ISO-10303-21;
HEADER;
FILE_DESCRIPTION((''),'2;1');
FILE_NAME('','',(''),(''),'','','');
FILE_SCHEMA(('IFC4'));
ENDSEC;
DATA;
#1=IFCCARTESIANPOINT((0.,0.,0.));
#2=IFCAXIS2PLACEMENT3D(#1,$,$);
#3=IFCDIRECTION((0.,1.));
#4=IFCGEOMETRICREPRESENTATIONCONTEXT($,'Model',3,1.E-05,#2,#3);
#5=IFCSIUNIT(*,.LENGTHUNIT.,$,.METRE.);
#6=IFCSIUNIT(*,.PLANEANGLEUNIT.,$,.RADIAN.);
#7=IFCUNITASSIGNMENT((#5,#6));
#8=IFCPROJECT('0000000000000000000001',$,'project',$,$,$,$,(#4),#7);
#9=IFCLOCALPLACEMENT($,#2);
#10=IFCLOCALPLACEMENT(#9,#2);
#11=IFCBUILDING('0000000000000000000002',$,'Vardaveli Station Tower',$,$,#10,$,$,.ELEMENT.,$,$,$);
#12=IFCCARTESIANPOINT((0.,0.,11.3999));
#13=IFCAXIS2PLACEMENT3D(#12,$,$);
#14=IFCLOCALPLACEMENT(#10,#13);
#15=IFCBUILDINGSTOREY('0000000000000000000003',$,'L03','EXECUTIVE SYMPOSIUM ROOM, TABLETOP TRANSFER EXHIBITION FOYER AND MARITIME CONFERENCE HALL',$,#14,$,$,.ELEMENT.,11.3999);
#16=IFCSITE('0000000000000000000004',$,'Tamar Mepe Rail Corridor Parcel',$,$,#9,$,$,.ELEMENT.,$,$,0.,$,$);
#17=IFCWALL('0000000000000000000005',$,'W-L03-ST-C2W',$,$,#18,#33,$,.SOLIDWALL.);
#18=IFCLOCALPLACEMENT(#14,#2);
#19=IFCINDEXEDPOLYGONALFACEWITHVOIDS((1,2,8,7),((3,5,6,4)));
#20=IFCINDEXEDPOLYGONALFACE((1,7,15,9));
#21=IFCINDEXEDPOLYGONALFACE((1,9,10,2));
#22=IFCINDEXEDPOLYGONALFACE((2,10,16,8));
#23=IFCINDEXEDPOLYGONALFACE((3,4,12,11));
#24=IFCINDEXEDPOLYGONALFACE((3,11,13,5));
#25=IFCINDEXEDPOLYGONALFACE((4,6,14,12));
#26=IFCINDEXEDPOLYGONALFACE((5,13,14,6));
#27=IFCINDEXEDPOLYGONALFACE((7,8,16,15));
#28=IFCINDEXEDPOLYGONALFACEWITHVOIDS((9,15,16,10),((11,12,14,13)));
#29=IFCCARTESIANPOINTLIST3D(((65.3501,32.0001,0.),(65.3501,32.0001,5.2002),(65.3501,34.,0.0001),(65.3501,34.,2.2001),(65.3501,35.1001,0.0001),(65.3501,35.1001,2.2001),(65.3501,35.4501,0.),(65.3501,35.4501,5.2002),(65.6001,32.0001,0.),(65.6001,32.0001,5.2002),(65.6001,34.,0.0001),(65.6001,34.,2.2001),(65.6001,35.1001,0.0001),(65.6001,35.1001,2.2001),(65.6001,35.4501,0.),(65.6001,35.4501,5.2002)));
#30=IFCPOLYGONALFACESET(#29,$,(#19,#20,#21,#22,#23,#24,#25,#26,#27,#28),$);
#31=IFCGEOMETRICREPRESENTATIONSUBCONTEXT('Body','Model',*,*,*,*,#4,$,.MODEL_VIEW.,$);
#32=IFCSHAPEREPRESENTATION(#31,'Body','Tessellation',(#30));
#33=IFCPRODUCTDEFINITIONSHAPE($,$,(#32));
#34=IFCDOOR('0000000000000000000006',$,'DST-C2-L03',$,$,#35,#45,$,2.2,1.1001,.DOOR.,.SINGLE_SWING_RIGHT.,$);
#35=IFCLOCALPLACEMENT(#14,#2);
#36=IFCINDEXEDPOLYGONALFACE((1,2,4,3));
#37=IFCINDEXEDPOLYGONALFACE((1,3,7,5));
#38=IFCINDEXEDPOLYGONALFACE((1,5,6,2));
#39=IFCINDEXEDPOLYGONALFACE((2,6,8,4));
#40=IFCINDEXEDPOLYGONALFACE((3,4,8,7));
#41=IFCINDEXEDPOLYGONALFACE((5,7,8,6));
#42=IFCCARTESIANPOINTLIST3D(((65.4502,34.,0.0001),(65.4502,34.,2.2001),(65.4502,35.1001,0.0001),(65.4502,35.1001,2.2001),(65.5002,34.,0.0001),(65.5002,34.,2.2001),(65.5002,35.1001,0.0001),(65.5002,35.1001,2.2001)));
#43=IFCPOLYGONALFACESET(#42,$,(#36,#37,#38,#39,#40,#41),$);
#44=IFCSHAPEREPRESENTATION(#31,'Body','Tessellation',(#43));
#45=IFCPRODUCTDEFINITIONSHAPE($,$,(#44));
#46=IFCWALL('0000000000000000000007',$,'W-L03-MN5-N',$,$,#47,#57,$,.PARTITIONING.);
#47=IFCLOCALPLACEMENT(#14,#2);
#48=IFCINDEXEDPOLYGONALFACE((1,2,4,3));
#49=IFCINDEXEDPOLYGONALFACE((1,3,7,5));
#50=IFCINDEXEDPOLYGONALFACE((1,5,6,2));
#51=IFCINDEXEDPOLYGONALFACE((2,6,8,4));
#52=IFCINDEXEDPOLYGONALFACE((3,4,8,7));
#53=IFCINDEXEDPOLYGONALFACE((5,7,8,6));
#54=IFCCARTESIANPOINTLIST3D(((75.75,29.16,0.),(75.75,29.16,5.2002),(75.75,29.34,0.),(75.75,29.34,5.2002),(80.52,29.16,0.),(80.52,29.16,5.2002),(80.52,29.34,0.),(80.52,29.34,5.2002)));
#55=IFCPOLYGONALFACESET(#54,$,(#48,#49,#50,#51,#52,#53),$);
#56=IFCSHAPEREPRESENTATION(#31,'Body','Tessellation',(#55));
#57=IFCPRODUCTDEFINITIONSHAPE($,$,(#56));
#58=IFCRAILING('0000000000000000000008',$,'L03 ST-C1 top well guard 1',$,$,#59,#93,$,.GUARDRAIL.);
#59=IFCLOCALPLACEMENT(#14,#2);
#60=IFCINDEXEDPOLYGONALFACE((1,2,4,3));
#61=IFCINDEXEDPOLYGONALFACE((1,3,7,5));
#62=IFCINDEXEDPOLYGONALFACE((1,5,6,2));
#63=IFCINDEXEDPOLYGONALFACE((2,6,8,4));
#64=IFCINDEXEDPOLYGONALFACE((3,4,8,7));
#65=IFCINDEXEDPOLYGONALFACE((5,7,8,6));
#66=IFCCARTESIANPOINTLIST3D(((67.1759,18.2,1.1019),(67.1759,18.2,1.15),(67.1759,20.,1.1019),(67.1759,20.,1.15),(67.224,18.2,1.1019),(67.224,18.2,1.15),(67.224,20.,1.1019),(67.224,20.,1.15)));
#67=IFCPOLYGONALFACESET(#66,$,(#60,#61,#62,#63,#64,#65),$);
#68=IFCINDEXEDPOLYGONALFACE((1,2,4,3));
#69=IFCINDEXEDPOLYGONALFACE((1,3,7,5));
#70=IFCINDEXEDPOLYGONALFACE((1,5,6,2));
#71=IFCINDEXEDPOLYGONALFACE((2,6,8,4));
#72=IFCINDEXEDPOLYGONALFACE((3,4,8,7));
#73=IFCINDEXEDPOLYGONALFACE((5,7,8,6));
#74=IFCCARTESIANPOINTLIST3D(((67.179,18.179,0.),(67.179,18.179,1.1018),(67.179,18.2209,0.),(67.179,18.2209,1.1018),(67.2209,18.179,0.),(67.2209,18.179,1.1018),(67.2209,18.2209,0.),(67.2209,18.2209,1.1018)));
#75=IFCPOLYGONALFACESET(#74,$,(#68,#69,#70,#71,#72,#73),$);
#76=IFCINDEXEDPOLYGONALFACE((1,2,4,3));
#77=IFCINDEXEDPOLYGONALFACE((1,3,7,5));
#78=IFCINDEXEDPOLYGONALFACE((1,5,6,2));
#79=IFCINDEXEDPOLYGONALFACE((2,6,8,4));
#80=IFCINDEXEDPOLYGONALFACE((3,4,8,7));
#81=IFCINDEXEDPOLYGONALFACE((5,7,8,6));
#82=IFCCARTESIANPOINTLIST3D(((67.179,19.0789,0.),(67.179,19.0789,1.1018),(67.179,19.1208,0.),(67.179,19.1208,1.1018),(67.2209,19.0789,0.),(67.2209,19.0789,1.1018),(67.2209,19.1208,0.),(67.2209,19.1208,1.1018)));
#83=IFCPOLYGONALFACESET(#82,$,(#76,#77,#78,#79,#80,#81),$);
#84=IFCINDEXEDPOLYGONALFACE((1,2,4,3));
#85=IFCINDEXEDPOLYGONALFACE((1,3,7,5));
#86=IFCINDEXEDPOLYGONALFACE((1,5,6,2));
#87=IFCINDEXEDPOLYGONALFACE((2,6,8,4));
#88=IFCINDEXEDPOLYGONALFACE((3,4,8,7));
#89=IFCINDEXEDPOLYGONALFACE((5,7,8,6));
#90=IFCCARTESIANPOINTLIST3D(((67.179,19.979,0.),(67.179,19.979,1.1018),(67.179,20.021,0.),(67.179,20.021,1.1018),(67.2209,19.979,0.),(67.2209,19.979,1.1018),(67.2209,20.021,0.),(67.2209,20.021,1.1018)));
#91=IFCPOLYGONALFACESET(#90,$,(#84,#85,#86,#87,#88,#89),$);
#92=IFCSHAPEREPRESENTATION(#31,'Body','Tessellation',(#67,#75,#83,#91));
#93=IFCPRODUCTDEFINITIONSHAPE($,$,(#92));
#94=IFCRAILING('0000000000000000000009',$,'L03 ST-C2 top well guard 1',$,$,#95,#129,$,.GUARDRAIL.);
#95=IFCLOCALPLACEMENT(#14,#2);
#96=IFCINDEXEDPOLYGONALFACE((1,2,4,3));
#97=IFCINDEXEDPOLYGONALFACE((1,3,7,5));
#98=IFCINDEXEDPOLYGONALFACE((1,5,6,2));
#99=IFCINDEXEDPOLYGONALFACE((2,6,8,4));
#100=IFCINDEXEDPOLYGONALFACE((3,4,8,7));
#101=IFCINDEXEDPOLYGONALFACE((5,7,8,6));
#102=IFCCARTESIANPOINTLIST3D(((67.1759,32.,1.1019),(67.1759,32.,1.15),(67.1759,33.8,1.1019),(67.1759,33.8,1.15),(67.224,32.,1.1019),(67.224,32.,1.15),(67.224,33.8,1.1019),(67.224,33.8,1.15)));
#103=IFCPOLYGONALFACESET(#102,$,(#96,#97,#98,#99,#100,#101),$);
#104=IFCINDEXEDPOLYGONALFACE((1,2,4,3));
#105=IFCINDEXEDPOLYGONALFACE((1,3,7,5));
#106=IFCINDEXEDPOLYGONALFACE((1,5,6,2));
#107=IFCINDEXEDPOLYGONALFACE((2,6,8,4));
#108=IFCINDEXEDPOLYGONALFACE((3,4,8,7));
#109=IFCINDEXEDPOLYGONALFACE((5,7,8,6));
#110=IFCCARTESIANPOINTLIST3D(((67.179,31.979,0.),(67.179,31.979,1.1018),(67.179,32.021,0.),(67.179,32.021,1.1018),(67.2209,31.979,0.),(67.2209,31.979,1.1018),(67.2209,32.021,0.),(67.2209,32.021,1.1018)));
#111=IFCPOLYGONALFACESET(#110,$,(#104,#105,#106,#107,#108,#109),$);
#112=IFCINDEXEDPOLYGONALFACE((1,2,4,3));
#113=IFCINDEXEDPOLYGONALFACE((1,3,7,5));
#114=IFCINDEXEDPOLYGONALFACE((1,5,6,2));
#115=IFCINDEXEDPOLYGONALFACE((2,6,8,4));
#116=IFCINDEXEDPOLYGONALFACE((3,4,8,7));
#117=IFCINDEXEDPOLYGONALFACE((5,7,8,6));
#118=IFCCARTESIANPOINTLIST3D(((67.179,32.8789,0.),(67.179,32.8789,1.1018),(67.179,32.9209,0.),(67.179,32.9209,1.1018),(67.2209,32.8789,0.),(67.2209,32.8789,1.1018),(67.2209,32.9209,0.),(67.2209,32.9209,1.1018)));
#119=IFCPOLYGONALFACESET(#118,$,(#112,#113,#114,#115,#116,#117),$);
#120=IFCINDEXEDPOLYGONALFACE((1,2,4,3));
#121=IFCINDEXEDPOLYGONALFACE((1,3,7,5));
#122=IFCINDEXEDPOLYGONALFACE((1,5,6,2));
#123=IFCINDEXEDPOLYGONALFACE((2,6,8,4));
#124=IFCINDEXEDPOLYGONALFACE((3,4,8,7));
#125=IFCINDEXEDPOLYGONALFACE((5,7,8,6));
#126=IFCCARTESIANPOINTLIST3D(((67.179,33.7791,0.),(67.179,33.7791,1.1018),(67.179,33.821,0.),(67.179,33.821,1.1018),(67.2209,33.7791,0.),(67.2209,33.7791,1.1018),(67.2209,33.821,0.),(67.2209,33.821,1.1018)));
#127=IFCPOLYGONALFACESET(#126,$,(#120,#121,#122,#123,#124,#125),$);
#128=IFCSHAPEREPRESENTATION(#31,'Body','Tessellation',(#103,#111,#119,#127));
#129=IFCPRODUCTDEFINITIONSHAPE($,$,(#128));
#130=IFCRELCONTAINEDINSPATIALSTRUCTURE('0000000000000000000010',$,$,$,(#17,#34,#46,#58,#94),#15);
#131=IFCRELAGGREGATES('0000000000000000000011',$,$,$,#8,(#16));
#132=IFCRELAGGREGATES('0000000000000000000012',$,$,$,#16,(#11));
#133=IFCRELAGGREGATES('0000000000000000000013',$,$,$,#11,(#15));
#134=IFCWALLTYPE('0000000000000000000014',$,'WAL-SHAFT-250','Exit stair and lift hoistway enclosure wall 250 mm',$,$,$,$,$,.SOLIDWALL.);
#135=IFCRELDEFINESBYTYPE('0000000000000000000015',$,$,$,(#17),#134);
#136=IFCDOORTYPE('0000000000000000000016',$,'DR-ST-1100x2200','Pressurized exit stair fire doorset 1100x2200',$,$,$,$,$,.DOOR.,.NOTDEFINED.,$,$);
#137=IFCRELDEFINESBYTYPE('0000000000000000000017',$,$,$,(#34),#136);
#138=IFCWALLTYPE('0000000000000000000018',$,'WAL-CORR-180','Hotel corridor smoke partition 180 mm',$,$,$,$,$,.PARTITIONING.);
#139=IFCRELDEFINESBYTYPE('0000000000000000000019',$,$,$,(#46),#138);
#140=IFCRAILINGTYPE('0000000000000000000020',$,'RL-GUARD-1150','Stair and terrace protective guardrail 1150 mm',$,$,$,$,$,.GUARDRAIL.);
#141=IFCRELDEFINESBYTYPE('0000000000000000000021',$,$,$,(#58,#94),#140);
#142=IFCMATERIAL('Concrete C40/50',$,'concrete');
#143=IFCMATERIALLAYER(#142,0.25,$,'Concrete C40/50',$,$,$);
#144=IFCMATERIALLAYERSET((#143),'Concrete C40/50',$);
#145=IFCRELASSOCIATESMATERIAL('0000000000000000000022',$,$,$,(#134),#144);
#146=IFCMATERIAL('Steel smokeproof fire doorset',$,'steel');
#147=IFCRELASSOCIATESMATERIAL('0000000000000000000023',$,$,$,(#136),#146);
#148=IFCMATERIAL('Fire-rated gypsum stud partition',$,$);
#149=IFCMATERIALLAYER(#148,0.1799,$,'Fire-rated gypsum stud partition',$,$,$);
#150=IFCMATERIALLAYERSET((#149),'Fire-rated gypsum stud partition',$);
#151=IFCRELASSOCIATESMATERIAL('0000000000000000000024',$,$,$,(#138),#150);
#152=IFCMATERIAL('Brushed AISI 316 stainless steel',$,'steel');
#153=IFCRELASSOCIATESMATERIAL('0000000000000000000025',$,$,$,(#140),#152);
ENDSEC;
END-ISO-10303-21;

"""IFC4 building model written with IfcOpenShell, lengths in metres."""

from ifc_helpers import new_model, si_unit, direction, frame, frame_2d, origin, origin_2d, place, context, subcontext, project, spatial, rectangle, extrude, source, transform, mapped, material, layer, layer_set, type_object, element, fill, save


model = new_model("IFC4")

# Units and contexts
model_context = context("Model", 3, precision=1e-05, world=origin(), true_north=direction((0.0, 1.0)))
body_context = subcontext(model_context, "Body", "Model", "MODEL_VIEW")
ifc_project = project(units=[si_unit("LENGTHUNIT", "METRE"), si_unit("PLANEANGLEUNIT", "RADIAN")], contexts=[model_context])

# Site, building, storey
site_placement = place(None, origin())
site = spatial("IfcSite", under=ifc_project, at=site_placement, Name="Tamar Mepe Rail Corridor Parcel", CompositionType="ELEMENT", RefElevation=0.0)
building_placement = place(site_placement, origin())
building = spatial("IfcBuilding", under=site, at=building_placement, Name="Vardaveli Station Tower", CompositionType="ELEMENT")
storey_placement = place(building_placement, frame((0.0, 0.0, 11.3999)))
storey = spatial("IfcBuildingStorey", under=building, at=storey_placement, Name="L03", Description="EXECUTIVE SYMPOSIUM ROOM, TABLETOP TRANSFER EXHIBITION FOYER AND MARITIME CONFERENCE HALL", CompositionType="ELEMENT", Elevation=11.3999)

# Shared definitions
ifc_material_1 = material(Name="Concrete C40/50", Category="concrete")
ifc_layer_1 = layer(ifc_material_1, 0.25, Name="Concrete C40/50")
ifc_layer_set_1 = layer_set([ifc_layer_1], Name="Concrete C40/50")
wall_type_1 = type_object("IfcWallType", Name="WAL-SHAFT-250", Description="Exit stair and lift hoistway enclosure wall 250 mm", PredefinedType="SOLIDWALL", material=ifc_layer_set_1)
shared_shape_1 = source(origin(), body_context, "Body", "SweptSolid", [
    extrude(rectangle(XDim=3.45, YDim=0.25, at=frame_2d((1.7251, 0.0))), origin(), (0.0, 0.0, 1.0), 5.2002),
])

# Wall, opening, door
wall_1_placement = place(storey_placement, frame((65.4751, 32.0, 0.0), z_axis=(0.0, 0.0, 1.0), x_axis=(0.0, 1.0, 0.0)))
wall_1 = element("IfcWall", 1, at=wall_1_placement, inside=storey, type_object=wall_type_1, Name="W-L03-ST-C2W", PredefinedType="SOLIDWALL", context=body_context, shape_type="MappedRepresentation", body=[
    mapped(shared_shape_1, transform((0.0, 0.0, 0.0), scale=1.0)),
])
shared_shape_2 = source(origin(), body_context, "Body", "SweptSolid", [
    extrude(rectangle(XDim=1.1001, YDim=2.2, at=frame_2d((0.55, 1.1001))), frame((0.0, 0.135, 0.0), z_axis=(0.0, -1.0, 0.0), x_axis=(1.0, 0.0, 0.0)), (0.0, 0.0, 1.0), 0.27),
])
opening_placement = place(wall_1_placement, frame((2.0, 0.0, 0.0)))
opening = element("IfcOpeningElement", 2, at=opening_placement, cuts=wall_1, PredefinedType="OPENING", context=body_context, shape_type="MappedRepresentation", body=[
    mapped(shared_shape_2, transform((0.0, 0.0, 0.0), scale=1.0)),
])
ifc_material_2 = material(Name="Steel smokeproof fire doorset", Category="steel")
door_type = type_object("IfcDoorType", Name="DR-ST-1100x2200", Description="Pressurized exit stair fire doorset 1100x2200", OperationType="NOTDEFINED", PredefinedType="DOOR", material=ifc_material_2)
shared_shape_3 = source(origin(), body_context, "Body", "SweptSolid", [
    extrude(rectangle(XDim=1.1001, YDim=2.2, at=frame_2d((0.55, 1.1001))), frame((0.0, 0.0249, 0.0), z_axis=(0.0, -1.0, 0.0), x_axis=(1.0, 0.0, 0.0)), (0.0, 0.0, 1.0), 0.05),
])
door_placement = place(opening_placement, origin())
door = element("IfcDoor", 3, at=door_placement, inside=storey, type_object=door_type, Name="DST-C2-L03", OperationType="SINGLE_SWING_RIGHT", OverallHeight=2.2, OverallWidth=1.1001, PredefinedType="DOOR", context=body_context, shape_type="MappedRepresentation", body=[
    mapped(shared_shape_3, transform((0.0, 0.0, 0.0), scale=1.0)),
])
fill(opening, door)

# Wall
ifc_material_3 = material(Name="Fire-rated gypsum stud partition")
ifc_layer_2 = layer(ifc_material_3, 0.1799, Name="Fire-rated gypsum stud partition")
ifc_layer_set_2 = layer_set([ifc_layer_2], Name="Fire-rated gypsum stud partition")
wall_type_2 = type_object("IfcWallType", Name="WAL-CORR-180", Description="Hotel corridor smoke partition 180 mm", PredefinedType="PARTITIONING", material=ifc_layer_set_2)
shared_shape_4 = source(origin(), body_context, "Body", "SweptSolid", [
    extrude(rectangle(XDim=4.77, YDim=0.1799, at=frame_2d((2.385, 0.0))), origin(), (0.0, 0.0, 1.0), 5.2002),
])
wall_2_placement = place(storey_placement, frame((75.75, 29.25, 0.0), z_axis=(0.0, 0.0, 1.0), x_axis=(1.0, 0.0, 0.0)))
element("IfcWall", 4, at=wall_2_placement, inside=storey, type_object=wall_type_2, Name="W-L03-MN5-N", PredefinedType="PARTITIONING", context=body_context, shape_type="MappedRepresentation", body=[
    mapped(shared_shape_4, transform((0.0, 0.0, 0.0), scale=1.0)),
])

# Railings
ifc_material_4 = material(Name="Brushed AISI 316 stainless steel", Category="steel")
railing_type = type_object("IfcRailingType", Name="RL-GUARD-1150", Description="Stair and terrace protective guardrail 1150 mm", PredefinedType="GUARDRAIL", material=ifc_material_4)
shared_shape_5 = source(origin(), body_context, "Body", "SweptSolid", [
    extrude(rectangle(XDim=0.0481, YDim=0.0481, at=origin_2d()), frame((0.0, 0.0, 1.126), z_axis=(0.0, 1.0, 0.0), x_axis=(-1.0, 0.0, 0.0)), (0.0, 0.0, 1.0), 1.8),
    extrude(rectangle(XDim=0.042, YDim=0.042, at=origin_2d()), origin(), (0.0, 0.0, 1.0), 1.1018),
    extrude(rectangle(XDim=0.042, YDim=0.042, at=origin_2d()), frame((0.0, 0.8999, 0.0)), (0.0, 0.0, 1.0), 1.1018),
    extrude(rectangle(XDim=0.042, YDim=0.042, at=origin_2d()), frame((0.0, 1.8, 0.0)), (0.0, 0.0, 1.0), 1.1018),
])
for number, where, name in (
    (5, (67.2, 18.2, 0.0), "L03 ST-C1 top well guard 1"),
    (6, (67.2, 32.0, 0.0), "L03 ST-C2 top well guard 1"),
):
    element("IfcRailing", number, at=place(storey_placement, frame(where)), inside=storey, type_object=railing_type, Name=name, PredefinedType="GUARDRAIL", context=body_context, shape_type="MappedRepresentation", body=[
        mapped(shared_shape_5, transform((0.0, 0.0, 0.0), scale=1.0)),
    ])

save(model, "model.ifc")
